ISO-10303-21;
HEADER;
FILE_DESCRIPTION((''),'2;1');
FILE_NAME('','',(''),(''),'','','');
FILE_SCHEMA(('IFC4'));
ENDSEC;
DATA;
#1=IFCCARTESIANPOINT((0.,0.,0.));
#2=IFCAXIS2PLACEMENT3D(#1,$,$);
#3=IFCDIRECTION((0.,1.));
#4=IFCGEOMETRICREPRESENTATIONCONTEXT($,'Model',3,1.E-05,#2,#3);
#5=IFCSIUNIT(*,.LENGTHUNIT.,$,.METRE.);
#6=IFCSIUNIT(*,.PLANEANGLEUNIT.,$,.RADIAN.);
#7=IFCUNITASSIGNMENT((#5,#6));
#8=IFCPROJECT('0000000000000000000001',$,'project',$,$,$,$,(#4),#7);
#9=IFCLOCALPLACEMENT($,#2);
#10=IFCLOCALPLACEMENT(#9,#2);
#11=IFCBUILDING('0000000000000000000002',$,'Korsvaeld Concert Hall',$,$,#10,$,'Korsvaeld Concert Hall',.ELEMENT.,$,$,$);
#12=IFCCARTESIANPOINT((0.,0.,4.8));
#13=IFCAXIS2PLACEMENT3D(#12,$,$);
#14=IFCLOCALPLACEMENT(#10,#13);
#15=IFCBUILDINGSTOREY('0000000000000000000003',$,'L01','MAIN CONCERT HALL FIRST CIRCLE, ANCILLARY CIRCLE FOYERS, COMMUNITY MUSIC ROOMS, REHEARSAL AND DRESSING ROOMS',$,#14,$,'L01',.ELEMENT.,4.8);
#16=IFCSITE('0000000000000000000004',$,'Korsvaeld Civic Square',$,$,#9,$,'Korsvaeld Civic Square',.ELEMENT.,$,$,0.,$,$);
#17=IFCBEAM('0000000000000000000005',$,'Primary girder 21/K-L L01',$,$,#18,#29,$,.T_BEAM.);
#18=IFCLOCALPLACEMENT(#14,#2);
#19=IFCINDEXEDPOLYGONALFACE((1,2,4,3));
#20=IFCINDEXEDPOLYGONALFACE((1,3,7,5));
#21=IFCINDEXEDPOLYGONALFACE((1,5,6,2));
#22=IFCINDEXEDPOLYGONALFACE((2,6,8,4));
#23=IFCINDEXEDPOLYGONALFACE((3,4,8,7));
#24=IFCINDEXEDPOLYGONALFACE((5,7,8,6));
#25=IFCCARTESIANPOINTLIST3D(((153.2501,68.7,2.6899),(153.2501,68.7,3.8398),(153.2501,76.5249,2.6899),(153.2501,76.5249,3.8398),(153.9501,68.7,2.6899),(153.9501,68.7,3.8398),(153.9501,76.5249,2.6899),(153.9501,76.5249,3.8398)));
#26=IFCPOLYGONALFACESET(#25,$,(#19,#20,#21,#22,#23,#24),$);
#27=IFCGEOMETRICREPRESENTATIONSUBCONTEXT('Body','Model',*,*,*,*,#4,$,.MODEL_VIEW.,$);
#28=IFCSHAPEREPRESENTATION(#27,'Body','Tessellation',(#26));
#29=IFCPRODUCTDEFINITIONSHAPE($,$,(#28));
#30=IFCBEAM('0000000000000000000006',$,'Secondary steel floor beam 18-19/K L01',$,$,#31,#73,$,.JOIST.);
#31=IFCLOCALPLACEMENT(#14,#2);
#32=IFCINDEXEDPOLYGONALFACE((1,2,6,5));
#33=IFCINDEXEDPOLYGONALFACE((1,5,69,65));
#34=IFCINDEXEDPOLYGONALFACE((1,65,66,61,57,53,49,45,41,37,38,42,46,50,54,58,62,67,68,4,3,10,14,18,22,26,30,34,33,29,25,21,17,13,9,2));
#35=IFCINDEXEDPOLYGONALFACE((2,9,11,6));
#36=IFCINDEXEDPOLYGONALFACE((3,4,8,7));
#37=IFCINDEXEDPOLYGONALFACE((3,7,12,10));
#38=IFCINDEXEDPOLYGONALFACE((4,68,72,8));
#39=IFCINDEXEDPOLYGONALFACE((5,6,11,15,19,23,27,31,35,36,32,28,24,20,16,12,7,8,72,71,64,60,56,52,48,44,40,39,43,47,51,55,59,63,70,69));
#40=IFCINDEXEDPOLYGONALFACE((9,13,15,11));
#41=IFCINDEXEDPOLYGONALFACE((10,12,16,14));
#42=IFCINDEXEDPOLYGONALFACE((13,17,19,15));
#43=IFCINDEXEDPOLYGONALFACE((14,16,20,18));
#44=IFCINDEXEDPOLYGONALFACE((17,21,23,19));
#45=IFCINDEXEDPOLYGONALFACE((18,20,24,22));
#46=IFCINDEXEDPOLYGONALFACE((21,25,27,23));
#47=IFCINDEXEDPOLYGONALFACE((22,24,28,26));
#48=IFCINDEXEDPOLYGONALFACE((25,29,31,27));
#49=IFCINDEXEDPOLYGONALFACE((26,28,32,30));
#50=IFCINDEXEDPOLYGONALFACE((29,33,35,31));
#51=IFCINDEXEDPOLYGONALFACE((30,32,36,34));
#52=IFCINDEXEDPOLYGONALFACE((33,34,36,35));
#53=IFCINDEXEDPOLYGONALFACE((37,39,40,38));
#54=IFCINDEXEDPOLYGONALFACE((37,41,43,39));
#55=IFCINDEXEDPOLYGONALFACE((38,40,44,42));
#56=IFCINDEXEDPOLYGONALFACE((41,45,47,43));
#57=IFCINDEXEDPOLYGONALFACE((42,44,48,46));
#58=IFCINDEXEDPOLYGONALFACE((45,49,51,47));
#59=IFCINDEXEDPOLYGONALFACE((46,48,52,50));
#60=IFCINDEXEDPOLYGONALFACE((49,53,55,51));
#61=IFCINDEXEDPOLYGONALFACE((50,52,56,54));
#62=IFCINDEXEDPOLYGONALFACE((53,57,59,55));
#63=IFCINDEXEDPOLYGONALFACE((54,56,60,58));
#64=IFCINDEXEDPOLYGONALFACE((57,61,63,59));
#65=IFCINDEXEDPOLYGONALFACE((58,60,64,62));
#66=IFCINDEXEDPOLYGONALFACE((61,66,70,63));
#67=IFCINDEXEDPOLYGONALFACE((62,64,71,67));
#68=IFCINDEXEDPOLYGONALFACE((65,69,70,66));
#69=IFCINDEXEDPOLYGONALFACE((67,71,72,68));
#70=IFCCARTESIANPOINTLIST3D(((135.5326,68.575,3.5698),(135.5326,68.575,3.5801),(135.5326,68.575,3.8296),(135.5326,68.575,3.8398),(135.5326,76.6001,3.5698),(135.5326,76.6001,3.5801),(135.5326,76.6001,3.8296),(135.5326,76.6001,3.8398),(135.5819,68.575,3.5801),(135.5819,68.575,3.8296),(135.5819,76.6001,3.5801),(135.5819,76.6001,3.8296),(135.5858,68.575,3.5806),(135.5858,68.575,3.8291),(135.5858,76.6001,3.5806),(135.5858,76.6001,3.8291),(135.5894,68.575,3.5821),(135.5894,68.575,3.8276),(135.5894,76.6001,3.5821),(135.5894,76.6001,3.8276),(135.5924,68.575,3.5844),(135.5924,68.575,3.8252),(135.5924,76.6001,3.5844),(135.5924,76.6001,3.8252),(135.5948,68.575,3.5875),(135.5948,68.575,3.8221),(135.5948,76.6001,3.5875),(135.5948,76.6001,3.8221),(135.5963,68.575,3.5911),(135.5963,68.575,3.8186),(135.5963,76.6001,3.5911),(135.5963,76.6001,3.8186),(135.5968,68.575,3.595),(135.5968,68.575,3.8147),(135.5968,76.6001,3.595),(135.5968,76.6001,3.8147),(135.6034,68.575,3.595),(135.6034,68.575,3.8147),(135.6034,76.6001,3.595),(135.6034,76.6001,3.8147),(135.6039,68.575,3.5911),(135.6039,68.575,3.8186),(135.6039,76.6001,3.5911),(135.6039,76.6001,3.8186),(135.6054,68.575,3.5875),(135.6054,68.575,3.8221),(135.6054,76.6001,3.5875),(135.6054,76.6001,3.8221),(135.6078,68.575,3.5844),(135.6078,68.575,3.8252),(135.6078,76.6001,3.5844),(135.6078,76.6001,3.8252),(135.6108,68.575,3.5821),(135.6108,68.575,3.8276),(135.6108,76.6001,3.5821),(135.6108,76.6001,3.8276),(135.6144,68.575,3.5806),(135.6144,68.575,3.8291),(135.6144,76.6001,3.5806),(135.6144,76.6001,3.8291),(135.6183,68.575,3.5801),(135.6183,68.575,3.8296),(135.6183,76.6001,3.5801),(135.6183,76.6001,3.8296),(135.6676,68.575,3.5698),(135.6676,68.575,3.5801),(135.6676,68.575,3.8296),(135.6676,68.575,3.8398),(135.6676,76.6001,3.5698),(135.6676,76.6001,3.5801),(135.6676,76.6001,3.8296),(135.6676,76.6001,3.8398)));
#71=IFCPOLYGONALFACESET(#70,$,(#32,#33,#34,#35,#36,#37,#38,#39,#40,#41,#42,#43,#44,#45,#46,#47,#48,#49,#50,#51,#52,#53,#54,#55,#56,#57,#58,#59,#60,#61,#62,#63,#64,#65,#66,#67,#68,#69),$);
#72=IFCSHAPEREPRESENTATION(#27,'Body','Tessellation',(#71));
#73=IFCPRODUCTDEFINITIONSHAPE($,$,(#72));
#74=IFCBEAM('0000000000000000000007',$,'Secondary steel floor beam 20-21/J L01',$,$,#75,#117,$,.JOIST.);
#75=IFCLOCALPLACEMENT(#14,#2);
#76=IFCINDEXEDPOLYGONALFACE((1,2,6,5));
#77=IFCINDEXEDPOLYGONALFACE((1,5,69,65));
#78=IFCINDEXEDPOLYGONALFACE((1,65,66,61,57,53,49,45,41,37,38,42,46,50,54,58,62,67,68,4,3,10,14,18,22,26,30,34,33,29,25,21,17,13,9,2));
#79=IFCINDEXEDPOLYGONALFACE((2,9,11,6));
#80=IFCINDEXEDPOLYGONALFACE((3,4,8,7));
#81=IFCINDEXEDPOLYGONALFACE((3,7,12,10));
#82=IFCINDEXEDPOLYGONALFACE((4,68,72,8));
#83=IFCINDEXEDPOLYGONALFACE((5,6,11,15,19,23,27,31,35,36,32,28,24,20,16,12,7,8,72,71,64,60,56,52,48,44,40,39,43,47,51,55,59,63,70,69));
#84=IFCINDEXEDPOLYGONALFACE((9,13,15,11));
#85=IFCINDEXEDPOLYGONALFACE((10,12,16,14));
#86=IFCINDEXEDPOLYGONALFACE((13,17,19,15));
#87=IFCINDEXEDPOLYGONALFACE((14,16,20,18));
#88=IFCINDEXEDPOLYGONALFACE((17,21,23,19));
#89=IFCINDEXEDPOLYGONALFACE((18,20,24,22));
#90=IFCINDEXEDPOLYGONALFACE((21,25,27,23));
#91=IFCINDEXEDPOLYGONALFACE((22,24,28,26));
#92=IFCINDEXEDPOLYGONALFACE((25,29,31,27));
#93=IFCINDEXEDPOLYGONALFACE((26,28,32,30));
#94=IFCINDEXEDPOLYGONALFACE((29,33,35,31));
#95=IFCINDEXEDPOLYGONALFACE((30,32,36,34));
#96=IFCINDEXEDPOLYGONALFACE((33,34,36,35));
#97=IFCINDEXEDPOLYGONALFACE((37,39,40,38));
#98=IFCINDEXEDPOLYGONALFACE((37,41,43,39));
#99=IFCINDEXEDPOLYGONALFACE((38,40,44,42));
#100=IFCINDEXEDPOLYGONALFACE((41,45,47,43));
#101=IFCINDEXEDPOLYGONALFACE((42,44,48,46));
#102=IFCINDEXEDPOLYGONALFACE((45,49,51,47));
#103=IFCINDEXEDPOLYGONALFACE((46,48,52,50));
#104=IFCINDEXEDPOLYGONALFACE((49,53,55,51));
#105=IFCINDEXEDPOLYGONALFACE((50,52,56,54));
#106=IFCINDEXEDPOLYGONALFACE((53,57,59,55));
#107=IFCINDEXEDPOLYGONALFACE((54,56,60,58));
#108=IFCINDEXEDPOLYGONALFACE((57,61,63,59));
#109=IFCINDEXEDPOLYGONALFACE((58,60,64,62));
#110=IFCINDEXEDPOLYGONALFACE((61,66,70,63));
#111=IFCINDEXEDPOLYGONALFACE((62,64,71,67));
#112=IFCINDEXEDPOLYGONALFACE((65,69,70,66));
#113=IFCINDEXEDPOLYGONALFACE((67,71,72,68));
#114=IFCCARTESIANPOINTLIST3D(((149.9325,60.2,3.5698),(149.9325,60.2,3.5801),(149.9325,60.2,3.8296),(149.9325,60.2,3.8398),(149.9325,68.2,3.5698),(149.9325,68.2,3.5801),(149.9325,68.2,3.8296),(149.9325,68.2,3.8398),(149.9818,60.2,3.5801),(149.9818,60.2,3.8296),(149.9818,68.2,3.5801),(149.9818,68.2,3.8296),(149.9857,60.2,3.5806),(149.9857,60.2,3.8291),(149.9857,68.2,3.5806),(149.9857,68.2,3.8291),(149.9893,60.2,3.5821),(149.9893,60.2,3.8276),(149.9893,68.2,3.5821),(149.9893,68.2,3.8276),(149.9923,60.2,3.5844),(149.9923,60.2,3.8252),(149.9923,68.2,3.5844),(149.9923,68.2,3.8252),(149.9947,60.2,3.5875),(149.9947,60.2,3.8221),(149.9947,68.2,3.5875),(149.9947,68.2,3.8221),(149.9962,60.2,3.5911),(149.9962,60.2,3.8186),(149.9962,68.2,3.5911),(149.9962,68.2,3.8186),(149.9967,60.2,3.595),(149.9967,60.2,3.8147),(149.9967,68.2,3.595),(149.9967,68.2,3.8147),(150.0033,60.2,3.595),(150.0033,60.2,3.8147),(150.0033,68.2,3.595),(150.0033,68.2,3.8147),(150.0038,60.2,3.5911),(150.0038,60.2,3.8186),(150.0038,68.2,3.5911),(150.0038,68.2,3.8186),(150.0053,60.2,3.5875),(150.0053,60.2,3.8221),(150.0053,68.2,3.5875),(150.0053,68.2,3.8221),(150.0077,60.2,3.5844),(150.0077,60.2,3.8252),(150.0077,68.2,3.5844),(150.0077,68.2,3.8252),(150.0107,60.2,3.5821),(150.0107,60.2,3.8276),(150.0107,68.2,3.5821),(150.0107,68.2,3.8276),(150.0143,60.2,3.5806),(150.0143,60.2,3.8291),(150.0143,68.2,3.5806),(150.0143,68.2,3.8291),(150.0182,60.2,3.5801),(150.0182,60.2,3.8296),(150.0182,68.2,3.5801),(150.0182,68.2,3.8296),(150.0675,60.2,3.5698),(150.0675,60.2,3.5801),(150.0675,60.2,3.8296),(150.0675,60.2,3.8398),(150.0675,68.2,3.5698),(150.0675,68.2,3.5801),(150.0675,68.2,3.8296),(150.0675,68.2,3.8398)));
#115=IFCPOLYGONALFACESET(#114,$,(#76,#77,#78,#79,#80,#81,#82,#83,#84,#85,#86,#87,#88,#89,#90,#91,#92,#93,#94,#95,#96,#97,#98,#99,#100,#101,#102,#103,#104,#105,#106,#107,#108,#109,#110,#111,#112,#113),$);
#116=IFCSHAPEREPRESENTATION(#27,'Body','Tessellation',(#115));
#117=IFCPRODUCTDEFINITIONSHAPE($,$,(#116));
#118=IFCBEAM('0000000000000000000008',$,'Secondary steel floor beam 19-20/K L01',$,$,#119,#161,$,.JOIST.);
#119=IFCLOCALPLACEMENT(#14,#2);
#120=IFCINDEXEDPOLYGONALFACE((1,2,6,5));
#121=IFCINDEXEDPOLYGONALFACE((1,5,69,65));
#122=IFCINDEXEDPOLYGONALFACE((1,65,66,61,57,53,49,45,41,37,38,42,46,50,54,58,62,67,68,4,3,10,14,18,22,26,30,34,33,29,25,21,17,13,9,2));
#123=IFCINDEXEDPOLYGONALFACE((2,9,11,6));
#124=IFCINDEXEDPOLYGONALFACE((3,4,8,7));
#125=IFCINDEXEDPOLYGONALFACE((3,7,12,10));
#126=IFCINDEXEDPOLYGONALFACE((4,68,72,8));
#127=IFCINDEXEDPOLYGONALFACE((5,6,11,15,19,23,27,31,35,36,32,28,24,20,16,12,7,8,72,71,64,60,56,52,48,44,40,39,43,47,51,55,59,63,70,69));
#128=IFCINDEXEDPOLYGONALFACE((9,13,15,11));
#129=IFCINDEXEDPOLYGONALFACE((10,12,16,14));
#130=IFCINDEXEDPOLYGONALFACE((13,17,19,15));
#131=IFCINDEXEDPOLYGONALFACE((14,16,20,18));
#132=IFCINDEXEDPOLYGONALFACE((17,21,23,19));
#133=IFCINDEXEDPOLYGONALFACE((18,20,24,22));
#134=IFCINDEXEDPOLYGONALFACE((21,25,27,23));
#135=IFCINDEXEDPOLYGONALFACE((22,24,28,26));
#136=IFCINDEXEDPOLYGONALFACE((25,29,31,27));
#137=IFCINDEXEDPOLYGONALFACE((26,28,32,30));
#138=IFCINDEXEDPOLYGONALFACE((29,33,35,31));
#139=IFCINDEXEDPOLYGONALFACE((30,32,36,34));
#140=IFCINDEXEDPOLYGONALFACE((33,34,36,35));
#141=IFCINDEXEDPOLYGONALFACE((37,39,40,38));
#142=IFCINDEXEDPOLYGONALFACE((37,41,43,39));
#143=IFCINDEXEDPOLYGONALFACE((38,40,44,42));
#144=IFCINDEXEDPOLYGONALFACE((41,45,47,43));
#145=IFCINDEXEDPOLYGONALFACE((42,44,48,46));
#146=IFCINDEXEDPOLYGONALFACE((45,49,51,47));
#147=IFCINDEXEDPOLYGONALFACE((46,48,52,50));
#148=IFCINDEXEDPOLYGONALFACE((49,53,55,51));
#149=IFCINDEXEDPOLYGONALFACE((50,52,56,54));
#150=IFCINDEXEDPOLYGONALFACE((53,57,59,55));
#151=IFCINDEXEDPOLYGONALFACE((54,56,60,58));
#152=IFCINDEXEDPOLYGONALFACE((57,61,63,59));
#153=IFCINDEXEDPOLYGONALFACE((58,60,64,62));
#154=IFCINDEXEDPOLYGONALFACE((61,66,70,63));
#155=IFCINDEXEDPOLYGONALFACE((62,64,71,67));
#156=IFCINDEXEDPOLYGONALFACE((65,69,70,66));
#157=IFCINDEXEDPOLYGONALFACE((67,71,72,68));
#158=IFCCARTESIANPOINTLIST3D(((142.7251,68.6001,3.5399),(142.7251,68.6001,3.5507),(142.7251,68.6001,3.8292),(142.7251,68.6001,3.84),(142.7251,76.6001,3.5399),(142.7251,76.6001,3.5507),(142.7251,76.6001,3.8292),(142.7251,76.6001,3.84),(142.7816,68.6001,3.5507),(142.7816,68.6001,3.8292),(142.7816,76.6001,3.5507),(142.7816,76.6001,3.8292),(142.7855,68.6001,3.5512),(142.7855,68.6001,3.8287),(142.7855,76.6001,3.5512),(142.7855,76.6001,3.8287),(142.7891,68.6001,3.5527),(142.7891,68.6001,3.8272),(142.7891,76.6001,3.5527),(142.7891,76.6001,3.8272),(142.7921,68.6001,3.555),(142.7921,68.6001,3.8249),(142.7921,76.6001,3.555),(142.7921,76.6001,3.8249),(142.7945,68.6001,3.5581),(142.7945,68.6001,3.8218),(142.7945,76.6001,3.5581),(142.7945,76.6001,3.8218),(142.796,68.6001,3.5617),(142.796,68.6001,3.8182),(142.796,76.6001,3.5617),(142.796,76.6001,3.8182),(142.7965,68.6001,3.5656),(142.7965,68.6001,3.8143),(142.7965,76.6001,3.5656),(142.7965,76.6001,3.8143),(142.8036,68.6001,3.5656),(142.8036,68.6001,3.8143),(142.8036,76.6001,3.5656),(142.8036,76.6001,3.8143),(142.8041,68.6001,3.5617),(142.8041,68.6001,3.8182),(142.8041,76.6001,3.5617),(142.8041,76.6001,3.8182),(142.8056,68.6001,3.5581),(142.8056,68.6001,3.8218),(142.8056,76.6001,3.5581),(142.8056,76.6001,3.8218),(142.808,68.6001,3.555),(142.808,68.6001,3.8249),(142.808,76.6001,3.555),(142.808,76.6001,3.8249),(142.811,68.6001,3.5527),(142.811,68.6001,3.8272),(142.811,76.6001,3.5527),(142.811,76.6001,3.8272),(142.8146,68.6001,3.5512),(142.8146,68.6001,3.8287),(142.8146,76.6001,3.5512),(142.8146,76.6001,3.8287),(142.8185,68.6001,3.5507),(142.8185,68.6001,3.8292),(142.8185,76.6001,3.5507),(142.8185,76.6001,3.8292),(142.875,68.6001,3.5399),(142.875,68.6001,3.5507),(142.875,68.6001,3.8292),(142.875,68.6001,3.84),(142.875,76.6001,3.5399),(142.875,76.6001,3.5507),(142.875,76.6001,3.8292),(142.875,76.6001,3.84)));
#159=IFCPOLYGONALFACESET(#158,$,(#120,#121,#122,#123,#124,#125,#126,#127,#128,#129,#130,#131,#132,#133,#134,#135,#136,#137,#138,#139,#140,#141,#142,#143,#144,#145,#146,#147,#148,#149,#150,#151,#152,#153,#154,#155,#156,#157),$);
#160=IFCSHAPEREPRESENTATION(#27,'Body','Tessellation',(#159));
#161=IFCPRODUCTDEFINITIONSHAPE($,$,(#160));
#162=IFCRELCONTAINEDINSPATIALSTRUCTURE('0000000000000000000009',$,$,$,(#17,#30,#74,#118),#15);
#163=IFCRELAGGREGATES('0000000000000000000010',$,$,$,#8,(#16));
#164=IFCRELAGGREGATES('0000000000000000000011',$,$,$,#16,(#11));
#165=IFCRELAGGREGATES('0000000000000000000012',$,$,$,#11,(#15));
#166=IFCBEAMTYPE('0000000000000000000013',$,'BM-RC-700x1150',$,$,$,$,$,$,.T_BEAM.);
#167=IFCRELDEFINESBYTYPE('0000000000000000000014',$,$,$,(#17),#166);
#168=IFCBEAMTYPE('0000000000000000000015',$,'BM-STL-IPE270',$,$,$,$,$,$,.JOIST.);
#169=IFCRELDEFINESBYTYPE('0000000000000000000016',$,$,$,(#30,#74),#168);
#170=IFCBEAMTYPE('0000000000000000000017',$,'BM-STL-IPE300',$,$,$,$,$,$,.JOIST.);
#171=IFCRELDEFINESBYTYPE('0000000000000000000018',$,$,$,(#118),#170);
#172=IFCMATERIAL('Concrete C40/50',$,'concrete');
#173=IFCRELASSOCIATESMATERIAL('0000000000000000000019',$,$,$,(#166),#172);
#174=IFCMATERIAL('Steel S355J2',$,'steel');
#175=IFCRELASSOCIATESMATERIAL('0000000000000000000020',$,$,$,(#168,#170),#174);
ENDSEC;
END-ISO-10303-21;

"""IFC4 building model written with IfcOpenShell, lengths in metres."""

from ifc_helpers import new_model, si_unit, direction, frame, origin, origin_2d, place, context, subcontext, project, spatial, rectangle, i_section, extrude, material, material_profile, profile_set, type_object, element, save


model = new_model("IFC4")

# Units and contexts
model_context = context("Model", 3, precision=1e-05, world=origin(), true_north=direction((0.0, 1.0)))
body_context = subcontext(model_context, "Body", "Model", "MODEL_VIEW")
ifc_project = project(units=[si_unit("LENGTHUNIT", "METRE"), si_unit("PLANEANGLEUNIT", "RADIAN")], contexts=[model_context])

# Site, building, storey
site_placement = place(None, origin())
site = spatial("IfcSite", under=ifc_project, at=site_placement, Name="Korsvaeld Civic Square", LongName="Korsvaeld Civic Square", CompositionType="ELEMENT", RefElevation=0.0)
building_placement = place(site_placement, origin())
building = spatial("IfcBuilding", under=site, at=building_placement, Name="Korsvaeld Concert Hall", LongName="Korsvaeld Concert Hall", CompositionType="ELEMENT")
storey_placement = place(building_placement, frame((0.0, 0.0, 4.8)))
storey = spatial("IfcBuildingStorey", under=building, at=storey_placement, Name="L01", Description="MAIN CONCERT HALL FIRST CIRCLE, ANCILLARY CIRCLE FOYERS, COMMUNITY MUSIC ROOMS, REHEARSAL AND DRESSING ROOMS", LongName="L01", CompositionType="ELEMENT", Elevation=4.8)

# Shared definitions
ifc_material_1 = material(Name="Concrete C40/50", Category="concrete")

# Beams
ifc_material_profile_1 = material_profile(ifc_material_1, rectangle(XDim=0.7, YDim=1.1499, at=origin_2d()), Name="RC 700x1150")
ifc_profile_set_1 = profile_set([ifc_material_profile_1], Name="Concrete C40/50")
beam_type_1 = type_object("IfcBeamType", Name="BM-RC-700x1150", PredefinedType="T_BEAM", material=ifc_profile_set_1)
beam_1_placement = place(storey_placement, frame((153.6001, 68.7, 3.2649), z_axis=(0.0, 1.0, 0.0), x_axis=(-1.0, 0.0, 0.0)))
element("IfcBeam", 1, at=beam_1_placement, inside=storey, type_object=beam_type_1, Name="Primary girder 21/K-L L01", PredefinedType="T_BEAM", context=body_context, shape_type="SweptSolid", body=[
    extrude(rectangle(XDim=0.7, YDim=1.1499, at=origin_2d()), origin(), (0.0, 0.0, 1.0), 7.825),
])
ifc_material_2 = material(Name="Steel S355J2", Category="steel")
ifc_material_profile_2 = material_profile(ifc_material_2, i_section(OverallWidth=0.135, OverallDepth=0.27, WebThickness=0.0066, FlangeThickness=0.0103, FilletRadius=0.0149, at=origin_2d()), Name="IPE 270")
ifc_profile_set_2 = profile_set([ifc_material_profile_2], Name="Steel S355J2")
beam_type_2 = type_object("IfcBeamType", Name="BM-STL-IPE270", PredefinedType="JOIST", material=ifc_profile_set_2)
beam_2_placement = place(storey_placement, frame((135.6001, 68.575, 3.7048), z_axis=(0.0, 1.0, 0.0), x_axis=(-1.0, 0.0, 0.0)))
element("IfcBeam", 2, at=beam_2_placement, inside=storey, type_object=beam_type_2, Name="Secondary steel floor beam 18-19/K L01", PredefinedType="JOIST", context=body_context, shape_type="SweptSolid", body=[
    extrude(i_section(OverallWidth=0.135, OverallDepth=0.27, WebThickness=0.0066, FlangeThickness=0.0103, FilletRadius=0.0149, at=origin_2d()), origin(), (0.0, 0.0, 1.0), 8.0251),
])
beam_3_placement = place(storey_placement, frame((150.0, 60.2, 3.7048), z_axis=(0.0, 1.0, 0.0), x_axis=(-1.0, 0.0, 0.0)))
element("IfcBeam", 3, at=beam_3_placement, inside=storey, type_object=beam_type_2, Name="Secondary steel floor beam 20-21/J L01", PredefinedType="JOIST", context=body_context, shape_type="SweptSolid", body=[
    extrude(i_section(OverallWidth=0.135, OverallDepth=0.27, WebThickness=0.0066, FlangeThickness=0.0103, FilletRadius=0.0149, at=origin_2d()), origin(), (0.0, 0.0, 1.0), 8.0),
])
ifc_material_profile_3 = material_profile(ifc_material_2, i_section(OverallWidth=0.1499, OverallDepth=0.3, WebThickness=0.0071, FlangeThickness=0.0107, FilletRadius=0.0149, at=origin_2d()), Name="IPE 300")
ifc_profile_set_3 = profile_set([ifc_material_profile_3], Name="Steel S355J2")
beam_type_3 = type_object("IfcBeamType", Name="BM-STL-IPE300", PredefinedType="JOIST", material=ifc_profile_set_3)
beam_4_placement = place(storey_placement, frame((142.8, 68.6001, 3.6899), z_axis=(0.0, 1.0, 0.0), x_axis=(-1.0, 0.0, 0.0)))
element("IfcBeam", 4, at=beam_4_placement, inside=storey, type_object=beam_type_3, Name="Secondary steel floor beam 19-20/K L01", PredefinedType="JOIST", context=body_context, shape_type="SweptSolid", body=[
    extrude(i_section(OverallWidth=0.1499, OverallDepth=0.3, WebThickness=0.0071, FlangeThickness=0.0107, FilletRadius=0.0149, at=origin_2d()), origin(), (0.0, 0.0, 1.0), 8.0),
])

save(model, "model.ifc")
